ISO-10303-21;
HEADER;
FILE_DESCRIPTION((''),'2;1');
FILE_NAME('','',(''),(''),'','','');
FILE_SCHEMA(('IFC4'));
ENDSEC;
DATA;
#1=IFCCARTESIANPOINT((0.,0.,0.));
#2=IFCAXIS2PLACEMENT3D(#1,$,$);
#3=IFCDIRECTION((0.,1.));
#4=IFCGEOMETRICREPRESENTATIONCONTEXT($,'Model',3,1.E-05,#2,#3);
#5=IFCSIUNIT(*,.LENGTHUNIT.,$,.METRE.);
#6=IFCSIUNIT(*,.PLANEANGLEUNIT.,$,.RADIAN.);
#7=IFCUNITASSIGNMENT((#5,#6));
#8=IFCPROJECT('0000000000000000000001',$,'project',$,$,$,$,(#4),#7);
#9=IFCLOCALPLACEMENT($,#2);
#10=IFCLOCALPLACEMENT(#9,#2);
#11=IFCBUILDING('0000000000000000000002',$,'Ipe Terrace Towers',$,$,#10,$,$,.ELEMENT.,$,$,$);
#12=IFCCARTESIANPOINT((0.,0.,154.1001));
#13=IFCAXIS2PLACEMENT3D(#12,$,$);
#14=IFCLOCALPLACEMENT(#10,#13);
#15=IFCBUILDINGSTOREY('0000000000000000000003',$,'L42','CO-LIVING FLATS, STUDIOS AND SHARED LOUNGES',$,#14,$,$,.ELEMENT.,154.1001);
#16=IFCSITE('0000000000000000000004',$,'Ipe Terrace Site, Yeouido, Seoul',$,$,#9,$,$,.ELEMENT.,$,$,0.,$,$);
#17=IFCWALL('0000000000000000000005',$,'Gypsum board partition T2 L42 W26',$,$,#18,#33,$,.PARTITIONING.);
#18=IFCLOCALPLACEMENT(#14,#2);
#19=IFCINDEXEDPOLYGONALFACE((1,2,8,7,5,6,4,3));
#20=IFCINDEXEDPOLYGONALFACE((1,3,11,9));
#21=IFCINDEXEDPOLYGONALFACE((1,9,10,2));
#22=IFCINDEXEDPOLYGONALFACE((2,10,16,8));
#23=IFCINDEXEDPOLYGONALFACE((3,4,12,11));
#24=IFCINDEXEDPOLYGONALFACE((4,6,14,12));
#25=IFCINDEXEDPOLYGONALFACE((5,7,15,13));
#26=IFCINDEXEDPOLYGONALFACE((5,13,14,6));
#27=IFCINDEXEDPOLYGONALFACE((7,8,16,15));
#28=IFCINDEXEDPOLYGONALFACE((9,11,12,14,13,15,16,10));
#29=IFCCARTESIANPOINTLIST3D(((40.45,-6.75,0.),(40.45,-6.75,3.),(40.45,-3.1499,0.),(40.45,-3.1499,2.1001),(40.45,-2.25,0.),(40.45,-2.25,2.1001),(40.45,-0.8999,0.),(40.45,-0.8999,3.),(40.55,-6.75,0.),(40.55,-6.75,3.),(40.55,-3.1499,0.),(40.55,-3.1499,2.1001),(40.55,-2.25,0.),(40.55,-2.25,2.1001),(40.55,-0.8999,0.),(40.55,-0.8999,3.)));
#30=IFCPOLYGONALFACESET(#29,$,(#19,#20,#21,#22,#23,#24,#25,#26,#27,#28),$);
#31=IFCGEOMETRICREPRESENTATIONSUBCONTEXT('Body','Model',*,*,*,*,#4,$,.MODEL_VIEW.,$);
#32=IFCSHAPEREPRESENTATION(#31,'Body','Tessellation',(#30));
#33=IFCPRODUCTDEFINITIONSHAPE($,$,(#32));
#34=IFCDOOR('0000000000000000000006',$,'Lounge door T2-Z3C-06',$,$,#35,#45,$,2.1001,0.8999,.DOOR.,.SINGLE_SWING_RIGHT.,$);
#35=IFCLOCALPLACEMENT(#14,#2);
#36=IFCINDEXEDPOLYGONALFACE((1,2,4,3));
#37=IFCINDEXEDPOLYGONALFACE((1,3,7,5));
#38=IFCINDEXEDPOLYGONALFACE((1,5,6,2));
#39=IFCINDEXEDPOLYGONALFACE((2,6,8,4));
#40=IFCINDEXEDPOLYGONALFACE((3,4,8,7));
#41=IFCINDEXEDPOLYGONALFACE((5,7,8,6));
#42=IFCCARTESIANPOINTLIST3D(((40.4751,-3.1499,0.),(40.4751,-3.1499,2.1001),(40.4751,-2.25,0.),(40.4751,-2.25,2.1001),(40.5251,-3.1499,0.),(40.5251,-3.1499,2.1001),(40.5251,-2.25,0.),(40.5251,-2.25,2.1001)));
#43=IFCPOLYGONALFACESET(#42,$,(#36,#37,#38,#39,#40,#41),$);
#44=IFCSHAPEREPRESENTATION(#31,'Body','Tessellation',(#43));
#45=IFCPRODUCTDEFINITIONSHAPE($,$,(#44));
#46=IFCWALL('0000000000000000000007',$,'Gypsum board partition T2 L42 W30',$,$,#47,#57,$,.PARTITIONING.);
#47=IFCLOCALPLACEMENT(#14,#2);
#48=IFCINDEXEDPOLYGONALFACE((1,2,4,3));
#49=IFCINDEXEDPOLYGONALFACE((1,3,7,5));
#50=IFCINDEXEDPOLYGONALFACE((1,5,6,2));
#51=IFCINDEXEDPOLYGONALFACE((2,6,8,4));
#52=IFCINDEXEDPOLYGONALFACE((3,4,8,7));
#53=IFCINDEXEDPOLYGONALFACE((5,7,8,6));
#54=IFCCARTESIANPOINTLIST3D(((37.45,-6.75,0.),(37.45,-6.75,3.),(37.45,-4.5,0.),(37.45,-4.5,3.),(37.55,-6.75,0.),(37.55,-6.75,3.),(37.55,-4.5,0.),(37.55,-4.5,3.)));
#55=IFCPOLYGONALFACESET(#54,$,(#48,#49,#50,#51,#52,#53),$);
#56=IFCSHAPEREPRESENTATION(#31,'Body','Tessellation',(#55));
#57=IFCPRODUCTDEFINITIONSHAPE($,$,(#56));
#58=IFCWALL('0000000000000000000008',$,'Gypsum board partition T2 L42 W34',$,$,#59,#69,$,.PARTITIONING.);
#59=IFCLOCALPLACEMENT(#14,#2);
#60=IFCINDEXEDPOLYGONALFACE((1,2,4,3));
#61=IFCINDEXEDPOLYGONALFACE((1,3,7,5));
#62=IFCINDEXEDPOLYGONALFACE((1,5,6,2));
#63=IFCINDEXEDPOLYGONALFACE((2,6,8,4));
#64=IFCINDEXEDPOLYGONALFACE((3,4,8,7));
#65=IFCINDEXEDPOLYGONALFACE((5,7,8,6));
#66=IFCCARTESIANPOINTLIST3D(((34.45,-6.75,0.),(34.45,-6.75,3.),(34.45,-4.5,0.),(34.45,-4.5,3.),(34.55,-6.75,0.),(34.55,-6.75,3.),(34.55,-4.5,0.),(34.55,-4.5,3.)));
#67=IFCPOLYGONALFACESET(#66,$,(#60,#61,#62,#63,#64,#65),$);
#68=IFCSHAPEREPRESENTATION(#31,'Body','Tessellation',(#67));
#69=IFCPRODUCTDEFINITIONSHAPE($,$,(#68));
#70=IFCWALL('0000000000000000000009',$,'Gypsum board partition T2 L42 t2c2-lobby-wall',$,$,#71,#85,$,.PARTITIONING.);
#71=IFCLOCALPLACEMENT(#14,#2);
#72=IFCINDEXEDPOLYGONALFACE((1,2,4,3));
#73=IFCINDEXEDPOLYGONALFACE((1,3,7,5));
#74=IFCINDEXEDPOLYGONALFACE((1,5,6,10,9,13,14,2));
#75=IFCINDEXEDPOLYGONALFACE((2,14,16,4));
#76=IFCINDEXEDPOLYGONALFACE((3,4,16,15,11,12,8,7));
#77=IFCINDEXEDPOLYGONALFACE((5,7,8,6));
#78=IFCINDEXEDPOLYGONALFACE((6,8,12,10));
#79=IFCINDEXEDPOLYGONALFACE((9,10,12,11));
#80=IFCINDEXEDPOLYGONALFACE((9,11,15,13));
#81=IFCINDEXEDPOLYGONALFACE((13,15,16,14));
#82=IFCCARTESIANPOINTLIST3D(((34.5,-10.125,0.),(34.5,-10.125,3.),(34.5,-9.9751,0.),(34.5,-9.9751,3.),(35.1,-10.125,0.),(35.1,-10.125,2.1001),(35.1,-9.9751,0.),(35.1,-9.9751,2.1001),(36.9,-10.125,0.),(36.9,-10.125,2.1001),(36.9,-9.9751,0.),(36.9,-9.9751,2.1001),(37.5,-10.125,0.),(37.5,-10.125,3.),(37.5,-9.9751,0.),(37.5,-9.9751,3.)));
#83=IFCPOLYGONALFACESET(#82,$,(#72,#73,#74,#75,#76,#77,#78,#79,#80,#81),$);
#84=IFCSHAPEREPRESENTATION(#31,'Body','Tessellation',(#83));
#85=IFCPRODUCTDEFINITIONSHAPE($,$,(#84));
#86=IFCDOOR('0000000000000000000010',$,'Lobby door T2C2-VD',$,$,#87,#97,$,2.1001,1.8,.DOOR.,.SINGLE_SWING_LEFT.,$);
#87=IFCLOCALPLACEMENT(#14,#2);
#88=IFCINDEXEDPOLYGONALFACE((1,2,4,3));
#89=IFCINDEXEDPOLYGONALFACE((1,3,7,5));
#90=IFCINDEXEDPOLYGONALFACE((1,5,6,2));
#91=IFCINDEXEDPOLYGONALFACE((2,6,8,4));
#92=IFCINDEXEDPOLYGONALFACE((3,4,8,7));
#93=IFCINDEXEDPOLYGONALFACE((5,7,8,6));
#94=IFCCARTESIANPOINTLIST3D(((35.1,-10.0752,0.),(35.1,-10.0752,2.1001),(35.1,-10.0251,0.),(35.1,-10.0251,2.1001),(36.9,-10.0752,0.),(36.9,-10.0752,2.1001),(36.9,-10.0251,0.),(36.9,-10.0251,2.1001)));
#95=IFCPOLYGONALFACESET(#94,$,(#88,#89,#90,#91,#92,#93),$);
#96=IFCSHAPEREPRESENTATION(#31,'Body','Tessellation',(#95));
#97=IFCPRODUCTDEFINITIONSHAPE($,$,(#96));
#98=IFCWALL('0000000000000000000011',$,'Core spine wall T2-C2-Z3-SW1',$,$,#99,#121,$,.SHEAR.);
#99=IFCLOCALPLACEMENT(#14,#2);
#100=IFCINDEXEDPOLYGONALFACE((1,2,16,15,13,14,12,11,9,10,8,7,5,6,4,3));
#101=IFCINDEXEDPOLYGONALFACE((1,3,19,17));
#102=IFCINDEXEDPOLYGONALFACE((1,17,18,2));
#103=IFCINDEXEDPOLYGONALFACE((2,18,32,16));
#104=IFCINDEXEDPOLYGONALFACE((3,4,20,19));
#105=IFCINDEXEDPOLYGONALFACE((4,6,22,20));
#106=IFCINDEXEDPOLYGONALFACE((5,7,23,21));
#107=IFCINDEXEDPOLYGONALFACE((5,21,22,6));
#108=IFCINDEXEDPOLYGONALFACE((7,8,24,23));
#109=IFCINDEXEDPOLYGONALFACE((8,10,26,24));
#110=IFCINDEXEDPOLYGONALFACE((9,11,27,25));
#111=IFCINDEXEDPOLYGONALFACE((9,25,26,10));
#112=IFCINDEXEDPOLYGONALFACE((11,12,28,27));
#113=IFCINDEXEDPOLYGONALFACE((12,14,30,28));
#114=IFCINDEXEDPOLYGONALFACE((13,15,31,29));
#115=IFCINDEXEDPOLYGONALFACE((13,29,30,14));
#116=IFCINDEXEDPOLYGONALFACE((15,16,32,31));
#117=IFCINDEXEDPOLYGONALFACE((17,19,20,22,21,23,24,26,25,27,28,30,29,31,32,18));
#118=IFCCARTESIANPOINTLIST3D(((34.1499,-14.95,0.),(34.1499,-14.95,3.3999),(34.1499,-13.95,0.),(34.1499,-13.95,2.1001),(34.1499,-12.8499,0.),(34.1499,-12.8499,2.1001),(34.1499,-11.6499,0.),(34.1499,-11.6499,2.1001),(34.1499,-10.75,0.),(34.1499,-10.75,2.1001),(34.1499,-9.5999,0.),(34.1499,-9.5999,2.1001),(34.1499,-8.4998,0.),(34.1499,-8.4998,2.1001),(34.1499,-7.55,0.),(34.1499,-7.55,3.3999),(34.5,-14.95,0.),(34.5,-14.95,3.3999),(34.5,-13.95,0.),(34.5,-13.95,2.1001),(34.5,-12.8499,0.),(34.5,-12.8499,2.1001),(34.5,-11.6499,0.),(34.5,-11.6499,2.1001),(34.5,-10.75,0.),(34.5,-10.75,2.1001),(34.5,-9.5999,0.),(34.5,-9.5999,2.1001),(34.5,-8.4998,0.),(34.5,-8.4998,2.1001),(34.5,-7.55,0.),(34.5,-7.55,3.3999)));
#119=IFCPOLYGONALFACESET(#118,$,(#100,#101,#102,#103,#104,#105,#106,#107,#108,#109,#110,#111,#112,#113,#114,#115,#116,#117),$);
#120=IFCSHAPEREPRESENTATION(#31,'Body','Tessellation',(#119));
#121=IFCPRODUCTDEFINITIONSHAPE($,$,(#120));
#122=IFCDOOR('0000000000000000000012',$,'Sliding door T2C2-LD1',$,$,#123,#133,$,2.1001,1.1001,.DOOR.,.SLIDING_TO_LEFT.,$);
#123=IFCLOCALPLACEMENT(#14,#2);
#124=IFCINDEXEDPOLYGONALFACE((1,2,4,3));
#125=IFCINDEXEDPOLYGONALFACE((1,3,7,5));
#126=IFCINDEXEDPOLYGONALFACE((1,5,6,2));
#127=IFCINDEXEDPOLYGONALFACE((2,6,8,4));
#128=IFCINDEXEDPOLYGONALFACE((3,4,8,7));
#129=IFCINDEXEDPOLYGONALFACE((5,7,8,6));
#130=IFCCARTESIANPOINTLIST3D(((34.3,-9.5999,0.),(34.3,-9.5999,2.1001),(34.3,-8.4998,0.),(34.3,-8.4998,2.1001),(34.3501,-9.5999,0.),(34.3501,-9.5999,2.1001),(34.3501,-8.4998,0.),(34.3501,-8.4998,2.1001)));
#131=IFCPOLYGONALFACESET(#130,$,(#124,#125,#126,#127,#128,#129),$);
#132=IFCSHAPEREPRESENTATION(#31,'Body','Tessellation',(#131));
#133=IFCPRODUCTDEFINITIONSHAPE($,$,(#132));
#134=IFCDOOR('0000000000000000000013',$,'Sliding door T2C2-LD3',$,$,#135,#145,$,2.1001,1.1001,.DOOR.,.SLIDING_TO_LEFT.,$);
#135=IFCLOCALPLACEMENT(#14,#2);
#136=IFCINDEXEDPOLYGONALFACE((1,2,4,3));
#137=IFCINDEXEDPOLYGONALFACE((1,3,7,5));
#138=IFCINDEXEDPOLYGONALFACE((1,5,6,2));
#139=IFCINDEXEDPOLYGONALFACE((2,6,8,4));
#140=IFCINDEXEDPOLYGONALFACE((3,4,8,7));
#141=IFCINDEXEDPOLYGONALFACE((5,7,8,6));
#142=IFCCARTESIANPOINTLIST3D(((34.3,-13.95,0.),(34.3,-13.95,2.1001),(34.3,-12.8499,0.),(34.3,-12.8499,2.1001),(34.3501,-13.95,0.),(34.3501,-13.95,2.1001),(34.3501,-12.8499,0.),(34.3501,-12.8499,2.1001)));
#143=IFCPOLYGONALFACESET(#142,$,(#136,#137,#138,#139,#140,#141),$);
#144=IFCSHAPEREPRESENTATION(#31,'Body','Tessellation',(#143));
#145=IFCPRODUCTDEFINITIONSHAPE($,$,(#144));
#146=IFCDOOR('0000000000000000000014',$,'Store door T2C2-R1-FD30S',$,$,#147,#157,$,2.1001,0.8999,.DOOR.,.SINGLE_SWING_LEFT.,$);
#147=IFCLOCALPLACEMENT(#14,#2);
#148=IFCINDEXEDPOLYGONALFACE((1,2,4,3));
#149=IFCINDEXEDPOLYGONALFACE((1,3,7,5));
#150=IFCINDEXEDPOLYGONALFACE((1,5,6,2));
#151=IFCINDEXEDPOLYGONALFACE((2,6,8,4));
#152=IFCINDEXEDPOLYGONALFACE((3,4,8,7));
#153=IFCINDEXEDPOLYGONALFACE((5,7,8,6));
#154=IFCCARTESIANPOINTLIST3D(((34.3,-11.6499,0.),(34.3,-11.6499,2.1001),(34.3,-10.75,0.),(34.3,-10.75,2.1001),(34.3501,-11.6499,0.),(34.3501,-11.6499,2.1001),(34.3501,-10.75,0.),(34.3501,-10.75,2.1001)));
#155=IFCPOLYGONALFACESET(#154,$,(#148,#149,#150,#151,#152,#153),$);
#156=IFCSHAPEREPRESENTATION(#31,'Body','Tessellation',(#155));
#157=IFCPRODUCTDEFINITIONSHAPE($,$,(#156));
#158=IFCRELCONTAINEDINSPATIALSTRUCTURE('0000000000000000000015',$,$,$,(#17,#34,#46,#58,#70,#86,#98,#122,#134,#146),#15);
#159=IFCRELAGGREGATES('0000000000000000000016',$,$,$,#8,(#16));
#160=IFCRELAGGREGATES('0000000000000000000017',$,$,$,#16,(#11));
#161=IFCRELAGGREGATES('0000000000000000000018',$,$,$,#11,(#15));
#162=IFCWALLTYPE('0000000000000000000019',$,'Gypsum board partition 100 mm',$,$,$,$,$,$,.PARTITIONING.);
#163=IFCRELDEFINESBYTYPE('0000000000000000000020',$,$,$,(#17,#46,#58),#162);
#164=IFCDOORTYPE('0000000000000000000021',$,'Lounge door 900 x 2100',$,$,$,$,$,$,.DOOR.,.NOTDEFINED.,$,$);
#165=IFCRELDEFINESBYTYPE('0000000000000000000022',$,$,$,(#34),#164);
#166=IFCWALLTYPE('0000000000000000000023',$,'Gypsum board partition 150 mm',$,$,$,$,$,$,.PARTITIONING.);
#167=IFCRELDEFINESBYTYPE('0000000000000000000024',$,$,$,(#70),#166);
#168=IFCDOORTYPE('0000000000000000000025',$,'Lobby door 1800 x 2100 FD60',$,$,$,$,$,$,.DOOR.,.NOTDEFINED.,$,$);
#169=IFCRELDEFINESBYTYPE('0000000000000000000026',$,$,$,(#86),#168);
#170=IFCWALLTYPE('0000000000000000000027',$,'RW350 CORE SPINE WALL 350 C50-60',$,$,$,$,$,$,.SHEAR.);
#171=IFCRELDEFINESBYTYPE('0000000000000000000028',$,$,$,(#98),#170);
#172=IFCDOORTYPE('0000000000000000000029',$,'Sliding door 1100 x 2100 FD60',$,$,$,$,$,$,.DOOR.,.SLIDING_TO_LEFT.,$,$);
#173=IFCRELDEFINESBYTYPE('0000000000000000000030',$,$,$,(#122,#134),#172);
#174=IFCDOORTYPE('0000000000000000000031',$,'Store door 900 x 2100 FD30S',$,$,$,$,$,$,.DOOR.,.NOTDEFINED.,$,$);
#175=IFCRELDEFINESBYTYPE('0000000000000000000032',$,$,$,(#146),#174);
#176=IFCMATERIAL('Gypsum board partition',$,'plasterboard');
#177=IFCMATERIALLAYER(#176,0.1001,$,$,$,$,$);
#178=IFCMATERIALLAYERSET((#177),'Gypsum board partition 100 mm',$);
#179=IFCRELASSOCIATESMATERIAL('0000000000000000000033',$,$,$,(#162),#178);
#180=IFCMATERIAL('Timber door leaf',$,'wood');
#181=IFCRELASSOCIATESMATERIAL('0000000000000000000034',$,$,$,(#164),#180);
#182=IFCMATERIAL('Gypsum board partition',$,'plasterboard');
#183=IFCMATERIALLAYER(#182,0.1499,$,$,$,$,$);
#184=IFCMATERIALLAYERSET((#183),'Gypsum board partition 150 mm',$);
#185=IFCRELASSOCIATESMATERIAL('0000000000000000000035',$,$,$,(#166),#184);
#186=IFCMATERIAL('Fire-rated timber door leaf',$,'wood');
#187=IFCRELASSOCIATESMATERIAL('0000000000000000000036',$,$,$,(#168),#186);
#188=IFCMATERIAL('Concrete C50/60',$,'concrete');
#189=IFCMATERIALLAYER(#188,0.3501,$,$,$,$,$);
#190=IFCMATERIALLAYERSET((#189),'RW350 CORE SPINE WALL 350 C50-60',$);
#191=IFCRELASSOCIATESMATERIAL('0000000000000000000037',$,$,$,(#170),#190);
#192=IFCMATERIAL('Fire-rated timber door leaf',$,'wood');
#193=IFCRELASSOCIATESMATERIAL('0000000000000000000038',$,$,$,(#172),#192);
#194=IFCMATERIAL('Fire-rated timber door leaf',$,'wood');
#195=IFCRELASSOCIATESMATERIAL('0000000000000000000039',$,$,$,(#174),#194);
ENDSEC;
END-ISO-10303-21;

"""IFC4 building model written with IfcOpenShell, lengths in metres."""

from ifc_helpers import new_model, si_unit, direction, frame, frame_2d, origin, place, context, subcontext, project, spatial, rectangle, extrude, material, layer, layer_set, type_object, element, fill, save


model = new_model("IFC4")

# Units and contexts
model_context = context("Model", 3, precision=1e-05, world=origin(), true_north=direction((0.0, 1.0)))
body_context = subcontext(model_context, "Body", "Model", "MODEL_VIEW")
ifc_project = project(units=[si_unit("LENGTHUNIT", "METRE"), si_unit("PLANEANGLEUNIT", "RADIAN")], contexts=[model_context])

# Site, building, storey
site_placement = place(None, origin())
site = spatial("IfcSite", under=ifc_project, at=site_placement, Name="Ipe Terrace Site, Yeouido, Seoul", CompositionType="ELEMENT", RefElevation=0.0)
building_placement = place(site_placement, origin())
building = spatial("IfcBuilding", under=site, at=building_placement, Name="Ipe Terrace Towers", CompositionType="ELEMENT")
storey_placement = place(building_placement, frame((0.0, 0.0, 154.1001)))
storey = spatial("IfcBuildingStorey", under=building, at=storey_placement, Name="L42", Description="CO-LIVING FLATS, STUDIOS AND SHARED LOUNGES", CompositionType="ELEMENT", Elevation=154.1001)

# Wall, opening, door
ifc_material_1 = material(Name="Gypsum board partition", Category="plasterboard")
ifc_layer_1 = layer(ifc_material_1, 0.1001)
ifc_layer_set_1 = layer_set([ifc_layer_1], Name="Gypsum board partition 100 mm")
wall_type_1 = type_object("IfcWallType", Name="Gypsum board partition 100 mm", PredefinedType="PARTITIONING", material=ifc_layer_set_1)
wall_1_placement = place(storey_placement, frame((40.5, -6.75, 0.0), z_axis=(0.0, 0.0, 1.0), x_axis=(0.0, 1.0, 0.0)))
wall_1 = element("IfcWall", 1, at=wall_1_placement, inside=storey, type_object=wall_type_1, Name="Gypsum board partition T2 L42 W26", PredefinedType="PARTITIONING", context=body_context, shape_type="SweptSolid", body=[
    extrude(rectangle(XDim=5.8501, YDim=0.1001, at=frame_2d((2.925, 0.0))), origin(), (0.0, 0.0, 1.0), 3.0),
])
opening_1_placement = place(wall_1_placement, frame((3.6001, 0.0, 0.0)))
opening_1 = element("IfcOpeningElement", 2, at=opening_1_placement, cuts=wall_1, PredefinedType="OPENING", context=body_context, shape_type="SweptSolid", body=[
    extrude(rectangle(XDim=0.8999, YDim=2.1001, at=frame_2d((0.45, 1.05))), frame((0.0, 0.0601, 0.0), z_axis=(0.0, -1.0, 0.0), x_axis=(1.0, 0.0, 0.0)), (0.0, 0.0, 1.0), 0.1201),
])
ifc_material_2 = material(Name="Timber door leaf", Category="wood")
door_type_1 = type_object("IfcDoorType", Name="Lounge door 900 x 2100", OperationType="NOTDEFINED", PredefinedType="DOOR", material=ifc_material_2)
door_1_placement = place(opening_1_placement, origin())
door_1 = element("IfcDoor", 3, at=door_1_placement, inside=storey, type_object=door_type_1, Name="Lounge door T2-Z3C-06", OperationType="SINGLE_SWING_RIGHT", OverallHeight=2.1001, OverallWidth=0.8999, PredefinedType="DOOR", context=body_context, shape_type="SweptSolid", body=[
    extrude(rectangle(XDim=0.8999, YDim=2.1001, at=frame_2d((0.45, 1.05))), frame((0.0, 0.0249, 0.0), z_axis=(0.0, -1.0, 0.0), x_axis=(1.0, 0.0, 0.0)), (0.0, 0.0, 1.0), 0.05),
])
fill(opening_1, door_1)

# Walls
for number, where, z_axis, x_axis, name in (
    (4, (37.5, -6.75, 0.0), (0.0, 0.0, 1.0), (0.0, 1.0, 0.0), "Gypsum board partition T2 L42 W30"),
    (5, (34.5, -6.75, 0.0), (0.0, 0.0, 1.0), (0.0, 1.0, 0.0), "Gypsum board partition T2 L42 W34"),
):
    element("IfcWall", number, at=place(storey_placement, frame(where, z_axis=z_axis, x_axis=x_axis)), inside=storey, type_object=wall_type_1, Name=name, PredefinedType="PARTITIONING", context=body_context, shape_type="SweptSolid", body=[
        extrude(rectangle(XDim=2.25, YDim=0.1001, at=frame_2d((1.125, 0.0))), origin(), (0.0, 0.0, 1.0), 3.0),
    ])

# Wall, opening, door
ifc_material_3 = material(Name="Gypsum board partition", Category="plasterboard")
ifc_layer_2 = layer(ifc_material_3, 0.1499)
ifc_layer_set_2 = layer_set([ifc_layer_2], Name="Gypsum board partition 150 mm")
wall_type_2 = type_object("IfcWallType", Name="Gypsum board partition 150 mm", PredefinedType="PARTITIONING", material=ifc_layer_set_2)
wall_2_placement = place(storey_placement, frame((34.5, -10.05, 0.0), z_axis=(0.0, 0.0, 1.0), x_axis=(1.0, 0.0, 0.0)))
wall_2 = element("IfcWall", 6, at=wall_2_placement, inside=storey, type_object=wall_type_2, Name="Gypsum board partition T2 L42 t2c2-lobby-wall", PredefinedType="PARTITIONING", context=body_context, shape_type="SweptSolid", body=[
    extrude(rectangle(XDim=3.0, YDim=0.1499, at=frame_2d((1.5, 0.0))), origin(), (0.0, 0.0, 1.0), 3.0),
])
opening_2_placement = place(wall_2_placement, frame((0.6001, 0.0, 0.0)))
opening_2 = element("IfcOpeningElement", 7, at=opening_2_placement, cuts=wall_2, PredefinedType="OPENING", context=body_context, shape_type="SweptSolid", body=[
    extrude(rectangle(XDim=1.8, YDim=2.1001, at=frame_2d((0.8999, 1.05))), frame((0.0, 0.085, 0.0), z_axis=(0.0, -1.0, 0.0), x_axis=(1.0, 0.0, 0.0)), (0.0, 0.0, 1.0), 0.1699),
])
ifc_material_4 = material(Name="Fire-rated timber door leaf", Category="wood")
door_type_2 = type_object("IfcDoorType", Name="Lobby door 1800 x 2100 FD60", OperationType="NOTDEFINED", PredefinedType="DOOR", material=ifc_material_4)
door_2_placement = place(opening_2_placement, origin())
door_2 = element("IfcDoor", 8, at=door_2_placement, inside=storey, type_object=door_type_2, Name="Lobby door T2C2-VD", OperationType="SINGLE_SWING_LEFT", OverallHeight=2.1001, OverallWidth=1.8, PredefinedType="DOOR", context=body_context, shape_type="SweptSolid", body=[
    extrude(rectangle(XDim=1.8, YDim=2.1001, at=frame_2d((0.8999, 1.05))), frame((0.0, 0.0249, 0.0), z_axis=(0.0, -1.0, 0.0), x_axis=(1.0, 0.0, 0.0)), (0.0, 0.0, 1.0), 0.05),
])
fill(opening_2, door_2)

# Wall, openings, doors
ifc_material_5 = material(Name="Concrete C50/60", Category="concrete")
ifc_layer_3 = layer(ifc_material_5, 0.3501)
ifc_layer_set_3 = layer_set([ifc_layer_3], Name="RW350 CORE SPINE WALL 350 C50-60")
wall_type_3 = type_object("IfcWallType", Name="RW350 CORE SPINE WALL 350 C50-60", PredefinedType="SHEAR", material=ifc_layer_set_3)
wall_3_placement = place(storey_placement, frame((34.325, -14.95, 0.0), z_axis=(0.0, 0.0, 1.0), x_axis=(0.0, 1.0, 0.0)))
wall_3 = element("IfcWall", 9, at=wall_3_placement, inside=storey, type_object=wall_type_3, Name="Core spine wall T2-C2-Z3-SW1", PredefinedType="SHEAR", context=body_context, shape_type="SweptSolid", body=[
    extrude(rectangle(XDim=7.3999, YDim=0.3501, at=frame_2d((3.7, 0.0))), origin(), (0.0, 0.0, 1.0), 3.3999),
])
opening_3_placement = place(wall_3_placement, frame((5.3501, 0.0, 0.0)))
opening_3 = element("IfcOpeningElement", 10, at=opening_3_placement, cuts=wall_3, PredefinedType="OPENING", context=body_context, shape_type="SweptSolid", body=[
    extrude(rectangle(XDim=1.1001, YDim=2.1001, at=frame_2d((0.55, 1.05))), frame((0.0, 0.1851, 0.0), z_axis=(0.0, -1.0, 0.0), x_axis=(1.0, 0.0, 0.0)), (0.0, 0.0, 1.0), 0.3701),
])
opening_4_placement = place(wall_3_placement, frame((1.0, 0.0, 0.0)))
opening_4 = element("IfcOpeningElement", 11, at=opening_4_placement, cuts=wall_3, PredefinedType="OPENING", context=body_context, shape_type="SweptSolid", body=[
    extrude(rectangle(XDim=1.1001, YDim=2.1001, at=frame_2d((0.55, 1.05))), frame((0.0, 0.1851, 0.0), z_axis=(0.0, -1.0, 0.0), x_axis=(1.0, 0.0, 0.0)), (0.0, 0.0, 1.0), 0.3701),
])
opening_5_placement = place(wall_3_placement, frame((3.3, 0.0, 0.0)))
opening_5 = element("IfcOpeningElement", 12, at=opening_5_placement, cuts=wall_3, PredefinedType="OPENING", context=body_context, shape_type="SweptSolid", body=[
    extrude(rectangle(XDim=0.8999, YDim=2.1001, at=frame_2d((0.45, 1.05))), frame((0.0, 0.1851, 0.0), z_axis=(0.0, -1.0, 0.0), x_axis=(1.0, 0.0, 0.0)), (0.0, 0.0, 1.0), 0.3701),
])
ifc_material_6 = material(Name="Fire-rated timber door leaf", Category="wood")
door_type_3 = type_object("IfcDoorType", Name="Sliding door 1100 x 2100 FD60", OperationType="SLIDING_TO_LEFT", PredefinedType="DOOR", material=ifc_material_6)
door_3_placement = place(opening_3_placement, origin())
door_3 = element("IfcDoor", 13, at=door_3_placement, inside=storey, type_object=door_type_3, Name="Sliding door T2C2-LD1", OperationType="SLIDING_TO_LEFT", OverallHeight=2.1001, OverallWidth=1.1001, PredefinedType="DOOR", context=body_context, shape_type="SweptSolid", body=[
    extrude(rectangle(XDim=1.1001, YDim=2.1001, at=frame_2d((0.55, 1.05))), frame((0.0, 0.0249, 0.0), z_axis=(0.0, -1.0, 0.0), x_axis=(1.0, 0.0, 0.0)), (0.0, 0.0, 1.0), 0.05),
])
fill(opening_3, door_3)
door_4_placement = place(opening_4_placement, origin())
door_4 = element("IfcDoor", 14, at=door_4_placement, inside=storey, type_object=door_type_3, Name="Sliding door T2C2-LD3", OperationType="SLIDING_TO_LEFT", OverallHeight=2.1001, OverallWidth=1.1001, PredefinedType="DOOR", context=body_context, shape_type="SweptSolid", body=[
    extrude(rectangle(XDim=1.1001, YDim=2.1001, at=frame_2d((0.55, 1.05))), frame((0.0, 0.0249, 0.0), z_axis=(0.0, -1.0, 0.0), x_axis=(1.0, 0.0, 0.0)), (0.0, 0.0, 1.0), 0.05),
])
fill(opening_4, door_4)
ifc_material_7 = material(Name="Fire-rated timber door leaf", Category="wood")
door_type_4 = type_object("IfcDoorType", Name="Store door 900 x 2100 FD30S", OperationType="NOTDEFINED", PredefinedType="DOOR", material=ifc_material_7)
door_5_placement = place(opening_5_placement, origin())
door_5 = element("IfcDoor", 15, at=door_5_placement, inside=storey, type_object=door_type_4, Name="Store door T2C2-R1-FD30S", OperationType="SINGLE_SWING_LEFT", OverallHeight=2.1001, OverallWidth=0.8999, PredefinedType="DOOR", context=body_context, shape_type="SweptSolid", body=[
    extrude(rectangle(XDim=0.8999, YDim=2.1001, at=frame_2d((0.45, 1.05))), frame((0.0, 0.0249, 0.0), z_axis=(0.0, -1.0, 0.0), x_axis=(1.0, 0.0, 0.0)), (0.0, 0.0, 1.0), 0.05),
])
fill(opening_5, door_5)

save(model, "model.ifc")
